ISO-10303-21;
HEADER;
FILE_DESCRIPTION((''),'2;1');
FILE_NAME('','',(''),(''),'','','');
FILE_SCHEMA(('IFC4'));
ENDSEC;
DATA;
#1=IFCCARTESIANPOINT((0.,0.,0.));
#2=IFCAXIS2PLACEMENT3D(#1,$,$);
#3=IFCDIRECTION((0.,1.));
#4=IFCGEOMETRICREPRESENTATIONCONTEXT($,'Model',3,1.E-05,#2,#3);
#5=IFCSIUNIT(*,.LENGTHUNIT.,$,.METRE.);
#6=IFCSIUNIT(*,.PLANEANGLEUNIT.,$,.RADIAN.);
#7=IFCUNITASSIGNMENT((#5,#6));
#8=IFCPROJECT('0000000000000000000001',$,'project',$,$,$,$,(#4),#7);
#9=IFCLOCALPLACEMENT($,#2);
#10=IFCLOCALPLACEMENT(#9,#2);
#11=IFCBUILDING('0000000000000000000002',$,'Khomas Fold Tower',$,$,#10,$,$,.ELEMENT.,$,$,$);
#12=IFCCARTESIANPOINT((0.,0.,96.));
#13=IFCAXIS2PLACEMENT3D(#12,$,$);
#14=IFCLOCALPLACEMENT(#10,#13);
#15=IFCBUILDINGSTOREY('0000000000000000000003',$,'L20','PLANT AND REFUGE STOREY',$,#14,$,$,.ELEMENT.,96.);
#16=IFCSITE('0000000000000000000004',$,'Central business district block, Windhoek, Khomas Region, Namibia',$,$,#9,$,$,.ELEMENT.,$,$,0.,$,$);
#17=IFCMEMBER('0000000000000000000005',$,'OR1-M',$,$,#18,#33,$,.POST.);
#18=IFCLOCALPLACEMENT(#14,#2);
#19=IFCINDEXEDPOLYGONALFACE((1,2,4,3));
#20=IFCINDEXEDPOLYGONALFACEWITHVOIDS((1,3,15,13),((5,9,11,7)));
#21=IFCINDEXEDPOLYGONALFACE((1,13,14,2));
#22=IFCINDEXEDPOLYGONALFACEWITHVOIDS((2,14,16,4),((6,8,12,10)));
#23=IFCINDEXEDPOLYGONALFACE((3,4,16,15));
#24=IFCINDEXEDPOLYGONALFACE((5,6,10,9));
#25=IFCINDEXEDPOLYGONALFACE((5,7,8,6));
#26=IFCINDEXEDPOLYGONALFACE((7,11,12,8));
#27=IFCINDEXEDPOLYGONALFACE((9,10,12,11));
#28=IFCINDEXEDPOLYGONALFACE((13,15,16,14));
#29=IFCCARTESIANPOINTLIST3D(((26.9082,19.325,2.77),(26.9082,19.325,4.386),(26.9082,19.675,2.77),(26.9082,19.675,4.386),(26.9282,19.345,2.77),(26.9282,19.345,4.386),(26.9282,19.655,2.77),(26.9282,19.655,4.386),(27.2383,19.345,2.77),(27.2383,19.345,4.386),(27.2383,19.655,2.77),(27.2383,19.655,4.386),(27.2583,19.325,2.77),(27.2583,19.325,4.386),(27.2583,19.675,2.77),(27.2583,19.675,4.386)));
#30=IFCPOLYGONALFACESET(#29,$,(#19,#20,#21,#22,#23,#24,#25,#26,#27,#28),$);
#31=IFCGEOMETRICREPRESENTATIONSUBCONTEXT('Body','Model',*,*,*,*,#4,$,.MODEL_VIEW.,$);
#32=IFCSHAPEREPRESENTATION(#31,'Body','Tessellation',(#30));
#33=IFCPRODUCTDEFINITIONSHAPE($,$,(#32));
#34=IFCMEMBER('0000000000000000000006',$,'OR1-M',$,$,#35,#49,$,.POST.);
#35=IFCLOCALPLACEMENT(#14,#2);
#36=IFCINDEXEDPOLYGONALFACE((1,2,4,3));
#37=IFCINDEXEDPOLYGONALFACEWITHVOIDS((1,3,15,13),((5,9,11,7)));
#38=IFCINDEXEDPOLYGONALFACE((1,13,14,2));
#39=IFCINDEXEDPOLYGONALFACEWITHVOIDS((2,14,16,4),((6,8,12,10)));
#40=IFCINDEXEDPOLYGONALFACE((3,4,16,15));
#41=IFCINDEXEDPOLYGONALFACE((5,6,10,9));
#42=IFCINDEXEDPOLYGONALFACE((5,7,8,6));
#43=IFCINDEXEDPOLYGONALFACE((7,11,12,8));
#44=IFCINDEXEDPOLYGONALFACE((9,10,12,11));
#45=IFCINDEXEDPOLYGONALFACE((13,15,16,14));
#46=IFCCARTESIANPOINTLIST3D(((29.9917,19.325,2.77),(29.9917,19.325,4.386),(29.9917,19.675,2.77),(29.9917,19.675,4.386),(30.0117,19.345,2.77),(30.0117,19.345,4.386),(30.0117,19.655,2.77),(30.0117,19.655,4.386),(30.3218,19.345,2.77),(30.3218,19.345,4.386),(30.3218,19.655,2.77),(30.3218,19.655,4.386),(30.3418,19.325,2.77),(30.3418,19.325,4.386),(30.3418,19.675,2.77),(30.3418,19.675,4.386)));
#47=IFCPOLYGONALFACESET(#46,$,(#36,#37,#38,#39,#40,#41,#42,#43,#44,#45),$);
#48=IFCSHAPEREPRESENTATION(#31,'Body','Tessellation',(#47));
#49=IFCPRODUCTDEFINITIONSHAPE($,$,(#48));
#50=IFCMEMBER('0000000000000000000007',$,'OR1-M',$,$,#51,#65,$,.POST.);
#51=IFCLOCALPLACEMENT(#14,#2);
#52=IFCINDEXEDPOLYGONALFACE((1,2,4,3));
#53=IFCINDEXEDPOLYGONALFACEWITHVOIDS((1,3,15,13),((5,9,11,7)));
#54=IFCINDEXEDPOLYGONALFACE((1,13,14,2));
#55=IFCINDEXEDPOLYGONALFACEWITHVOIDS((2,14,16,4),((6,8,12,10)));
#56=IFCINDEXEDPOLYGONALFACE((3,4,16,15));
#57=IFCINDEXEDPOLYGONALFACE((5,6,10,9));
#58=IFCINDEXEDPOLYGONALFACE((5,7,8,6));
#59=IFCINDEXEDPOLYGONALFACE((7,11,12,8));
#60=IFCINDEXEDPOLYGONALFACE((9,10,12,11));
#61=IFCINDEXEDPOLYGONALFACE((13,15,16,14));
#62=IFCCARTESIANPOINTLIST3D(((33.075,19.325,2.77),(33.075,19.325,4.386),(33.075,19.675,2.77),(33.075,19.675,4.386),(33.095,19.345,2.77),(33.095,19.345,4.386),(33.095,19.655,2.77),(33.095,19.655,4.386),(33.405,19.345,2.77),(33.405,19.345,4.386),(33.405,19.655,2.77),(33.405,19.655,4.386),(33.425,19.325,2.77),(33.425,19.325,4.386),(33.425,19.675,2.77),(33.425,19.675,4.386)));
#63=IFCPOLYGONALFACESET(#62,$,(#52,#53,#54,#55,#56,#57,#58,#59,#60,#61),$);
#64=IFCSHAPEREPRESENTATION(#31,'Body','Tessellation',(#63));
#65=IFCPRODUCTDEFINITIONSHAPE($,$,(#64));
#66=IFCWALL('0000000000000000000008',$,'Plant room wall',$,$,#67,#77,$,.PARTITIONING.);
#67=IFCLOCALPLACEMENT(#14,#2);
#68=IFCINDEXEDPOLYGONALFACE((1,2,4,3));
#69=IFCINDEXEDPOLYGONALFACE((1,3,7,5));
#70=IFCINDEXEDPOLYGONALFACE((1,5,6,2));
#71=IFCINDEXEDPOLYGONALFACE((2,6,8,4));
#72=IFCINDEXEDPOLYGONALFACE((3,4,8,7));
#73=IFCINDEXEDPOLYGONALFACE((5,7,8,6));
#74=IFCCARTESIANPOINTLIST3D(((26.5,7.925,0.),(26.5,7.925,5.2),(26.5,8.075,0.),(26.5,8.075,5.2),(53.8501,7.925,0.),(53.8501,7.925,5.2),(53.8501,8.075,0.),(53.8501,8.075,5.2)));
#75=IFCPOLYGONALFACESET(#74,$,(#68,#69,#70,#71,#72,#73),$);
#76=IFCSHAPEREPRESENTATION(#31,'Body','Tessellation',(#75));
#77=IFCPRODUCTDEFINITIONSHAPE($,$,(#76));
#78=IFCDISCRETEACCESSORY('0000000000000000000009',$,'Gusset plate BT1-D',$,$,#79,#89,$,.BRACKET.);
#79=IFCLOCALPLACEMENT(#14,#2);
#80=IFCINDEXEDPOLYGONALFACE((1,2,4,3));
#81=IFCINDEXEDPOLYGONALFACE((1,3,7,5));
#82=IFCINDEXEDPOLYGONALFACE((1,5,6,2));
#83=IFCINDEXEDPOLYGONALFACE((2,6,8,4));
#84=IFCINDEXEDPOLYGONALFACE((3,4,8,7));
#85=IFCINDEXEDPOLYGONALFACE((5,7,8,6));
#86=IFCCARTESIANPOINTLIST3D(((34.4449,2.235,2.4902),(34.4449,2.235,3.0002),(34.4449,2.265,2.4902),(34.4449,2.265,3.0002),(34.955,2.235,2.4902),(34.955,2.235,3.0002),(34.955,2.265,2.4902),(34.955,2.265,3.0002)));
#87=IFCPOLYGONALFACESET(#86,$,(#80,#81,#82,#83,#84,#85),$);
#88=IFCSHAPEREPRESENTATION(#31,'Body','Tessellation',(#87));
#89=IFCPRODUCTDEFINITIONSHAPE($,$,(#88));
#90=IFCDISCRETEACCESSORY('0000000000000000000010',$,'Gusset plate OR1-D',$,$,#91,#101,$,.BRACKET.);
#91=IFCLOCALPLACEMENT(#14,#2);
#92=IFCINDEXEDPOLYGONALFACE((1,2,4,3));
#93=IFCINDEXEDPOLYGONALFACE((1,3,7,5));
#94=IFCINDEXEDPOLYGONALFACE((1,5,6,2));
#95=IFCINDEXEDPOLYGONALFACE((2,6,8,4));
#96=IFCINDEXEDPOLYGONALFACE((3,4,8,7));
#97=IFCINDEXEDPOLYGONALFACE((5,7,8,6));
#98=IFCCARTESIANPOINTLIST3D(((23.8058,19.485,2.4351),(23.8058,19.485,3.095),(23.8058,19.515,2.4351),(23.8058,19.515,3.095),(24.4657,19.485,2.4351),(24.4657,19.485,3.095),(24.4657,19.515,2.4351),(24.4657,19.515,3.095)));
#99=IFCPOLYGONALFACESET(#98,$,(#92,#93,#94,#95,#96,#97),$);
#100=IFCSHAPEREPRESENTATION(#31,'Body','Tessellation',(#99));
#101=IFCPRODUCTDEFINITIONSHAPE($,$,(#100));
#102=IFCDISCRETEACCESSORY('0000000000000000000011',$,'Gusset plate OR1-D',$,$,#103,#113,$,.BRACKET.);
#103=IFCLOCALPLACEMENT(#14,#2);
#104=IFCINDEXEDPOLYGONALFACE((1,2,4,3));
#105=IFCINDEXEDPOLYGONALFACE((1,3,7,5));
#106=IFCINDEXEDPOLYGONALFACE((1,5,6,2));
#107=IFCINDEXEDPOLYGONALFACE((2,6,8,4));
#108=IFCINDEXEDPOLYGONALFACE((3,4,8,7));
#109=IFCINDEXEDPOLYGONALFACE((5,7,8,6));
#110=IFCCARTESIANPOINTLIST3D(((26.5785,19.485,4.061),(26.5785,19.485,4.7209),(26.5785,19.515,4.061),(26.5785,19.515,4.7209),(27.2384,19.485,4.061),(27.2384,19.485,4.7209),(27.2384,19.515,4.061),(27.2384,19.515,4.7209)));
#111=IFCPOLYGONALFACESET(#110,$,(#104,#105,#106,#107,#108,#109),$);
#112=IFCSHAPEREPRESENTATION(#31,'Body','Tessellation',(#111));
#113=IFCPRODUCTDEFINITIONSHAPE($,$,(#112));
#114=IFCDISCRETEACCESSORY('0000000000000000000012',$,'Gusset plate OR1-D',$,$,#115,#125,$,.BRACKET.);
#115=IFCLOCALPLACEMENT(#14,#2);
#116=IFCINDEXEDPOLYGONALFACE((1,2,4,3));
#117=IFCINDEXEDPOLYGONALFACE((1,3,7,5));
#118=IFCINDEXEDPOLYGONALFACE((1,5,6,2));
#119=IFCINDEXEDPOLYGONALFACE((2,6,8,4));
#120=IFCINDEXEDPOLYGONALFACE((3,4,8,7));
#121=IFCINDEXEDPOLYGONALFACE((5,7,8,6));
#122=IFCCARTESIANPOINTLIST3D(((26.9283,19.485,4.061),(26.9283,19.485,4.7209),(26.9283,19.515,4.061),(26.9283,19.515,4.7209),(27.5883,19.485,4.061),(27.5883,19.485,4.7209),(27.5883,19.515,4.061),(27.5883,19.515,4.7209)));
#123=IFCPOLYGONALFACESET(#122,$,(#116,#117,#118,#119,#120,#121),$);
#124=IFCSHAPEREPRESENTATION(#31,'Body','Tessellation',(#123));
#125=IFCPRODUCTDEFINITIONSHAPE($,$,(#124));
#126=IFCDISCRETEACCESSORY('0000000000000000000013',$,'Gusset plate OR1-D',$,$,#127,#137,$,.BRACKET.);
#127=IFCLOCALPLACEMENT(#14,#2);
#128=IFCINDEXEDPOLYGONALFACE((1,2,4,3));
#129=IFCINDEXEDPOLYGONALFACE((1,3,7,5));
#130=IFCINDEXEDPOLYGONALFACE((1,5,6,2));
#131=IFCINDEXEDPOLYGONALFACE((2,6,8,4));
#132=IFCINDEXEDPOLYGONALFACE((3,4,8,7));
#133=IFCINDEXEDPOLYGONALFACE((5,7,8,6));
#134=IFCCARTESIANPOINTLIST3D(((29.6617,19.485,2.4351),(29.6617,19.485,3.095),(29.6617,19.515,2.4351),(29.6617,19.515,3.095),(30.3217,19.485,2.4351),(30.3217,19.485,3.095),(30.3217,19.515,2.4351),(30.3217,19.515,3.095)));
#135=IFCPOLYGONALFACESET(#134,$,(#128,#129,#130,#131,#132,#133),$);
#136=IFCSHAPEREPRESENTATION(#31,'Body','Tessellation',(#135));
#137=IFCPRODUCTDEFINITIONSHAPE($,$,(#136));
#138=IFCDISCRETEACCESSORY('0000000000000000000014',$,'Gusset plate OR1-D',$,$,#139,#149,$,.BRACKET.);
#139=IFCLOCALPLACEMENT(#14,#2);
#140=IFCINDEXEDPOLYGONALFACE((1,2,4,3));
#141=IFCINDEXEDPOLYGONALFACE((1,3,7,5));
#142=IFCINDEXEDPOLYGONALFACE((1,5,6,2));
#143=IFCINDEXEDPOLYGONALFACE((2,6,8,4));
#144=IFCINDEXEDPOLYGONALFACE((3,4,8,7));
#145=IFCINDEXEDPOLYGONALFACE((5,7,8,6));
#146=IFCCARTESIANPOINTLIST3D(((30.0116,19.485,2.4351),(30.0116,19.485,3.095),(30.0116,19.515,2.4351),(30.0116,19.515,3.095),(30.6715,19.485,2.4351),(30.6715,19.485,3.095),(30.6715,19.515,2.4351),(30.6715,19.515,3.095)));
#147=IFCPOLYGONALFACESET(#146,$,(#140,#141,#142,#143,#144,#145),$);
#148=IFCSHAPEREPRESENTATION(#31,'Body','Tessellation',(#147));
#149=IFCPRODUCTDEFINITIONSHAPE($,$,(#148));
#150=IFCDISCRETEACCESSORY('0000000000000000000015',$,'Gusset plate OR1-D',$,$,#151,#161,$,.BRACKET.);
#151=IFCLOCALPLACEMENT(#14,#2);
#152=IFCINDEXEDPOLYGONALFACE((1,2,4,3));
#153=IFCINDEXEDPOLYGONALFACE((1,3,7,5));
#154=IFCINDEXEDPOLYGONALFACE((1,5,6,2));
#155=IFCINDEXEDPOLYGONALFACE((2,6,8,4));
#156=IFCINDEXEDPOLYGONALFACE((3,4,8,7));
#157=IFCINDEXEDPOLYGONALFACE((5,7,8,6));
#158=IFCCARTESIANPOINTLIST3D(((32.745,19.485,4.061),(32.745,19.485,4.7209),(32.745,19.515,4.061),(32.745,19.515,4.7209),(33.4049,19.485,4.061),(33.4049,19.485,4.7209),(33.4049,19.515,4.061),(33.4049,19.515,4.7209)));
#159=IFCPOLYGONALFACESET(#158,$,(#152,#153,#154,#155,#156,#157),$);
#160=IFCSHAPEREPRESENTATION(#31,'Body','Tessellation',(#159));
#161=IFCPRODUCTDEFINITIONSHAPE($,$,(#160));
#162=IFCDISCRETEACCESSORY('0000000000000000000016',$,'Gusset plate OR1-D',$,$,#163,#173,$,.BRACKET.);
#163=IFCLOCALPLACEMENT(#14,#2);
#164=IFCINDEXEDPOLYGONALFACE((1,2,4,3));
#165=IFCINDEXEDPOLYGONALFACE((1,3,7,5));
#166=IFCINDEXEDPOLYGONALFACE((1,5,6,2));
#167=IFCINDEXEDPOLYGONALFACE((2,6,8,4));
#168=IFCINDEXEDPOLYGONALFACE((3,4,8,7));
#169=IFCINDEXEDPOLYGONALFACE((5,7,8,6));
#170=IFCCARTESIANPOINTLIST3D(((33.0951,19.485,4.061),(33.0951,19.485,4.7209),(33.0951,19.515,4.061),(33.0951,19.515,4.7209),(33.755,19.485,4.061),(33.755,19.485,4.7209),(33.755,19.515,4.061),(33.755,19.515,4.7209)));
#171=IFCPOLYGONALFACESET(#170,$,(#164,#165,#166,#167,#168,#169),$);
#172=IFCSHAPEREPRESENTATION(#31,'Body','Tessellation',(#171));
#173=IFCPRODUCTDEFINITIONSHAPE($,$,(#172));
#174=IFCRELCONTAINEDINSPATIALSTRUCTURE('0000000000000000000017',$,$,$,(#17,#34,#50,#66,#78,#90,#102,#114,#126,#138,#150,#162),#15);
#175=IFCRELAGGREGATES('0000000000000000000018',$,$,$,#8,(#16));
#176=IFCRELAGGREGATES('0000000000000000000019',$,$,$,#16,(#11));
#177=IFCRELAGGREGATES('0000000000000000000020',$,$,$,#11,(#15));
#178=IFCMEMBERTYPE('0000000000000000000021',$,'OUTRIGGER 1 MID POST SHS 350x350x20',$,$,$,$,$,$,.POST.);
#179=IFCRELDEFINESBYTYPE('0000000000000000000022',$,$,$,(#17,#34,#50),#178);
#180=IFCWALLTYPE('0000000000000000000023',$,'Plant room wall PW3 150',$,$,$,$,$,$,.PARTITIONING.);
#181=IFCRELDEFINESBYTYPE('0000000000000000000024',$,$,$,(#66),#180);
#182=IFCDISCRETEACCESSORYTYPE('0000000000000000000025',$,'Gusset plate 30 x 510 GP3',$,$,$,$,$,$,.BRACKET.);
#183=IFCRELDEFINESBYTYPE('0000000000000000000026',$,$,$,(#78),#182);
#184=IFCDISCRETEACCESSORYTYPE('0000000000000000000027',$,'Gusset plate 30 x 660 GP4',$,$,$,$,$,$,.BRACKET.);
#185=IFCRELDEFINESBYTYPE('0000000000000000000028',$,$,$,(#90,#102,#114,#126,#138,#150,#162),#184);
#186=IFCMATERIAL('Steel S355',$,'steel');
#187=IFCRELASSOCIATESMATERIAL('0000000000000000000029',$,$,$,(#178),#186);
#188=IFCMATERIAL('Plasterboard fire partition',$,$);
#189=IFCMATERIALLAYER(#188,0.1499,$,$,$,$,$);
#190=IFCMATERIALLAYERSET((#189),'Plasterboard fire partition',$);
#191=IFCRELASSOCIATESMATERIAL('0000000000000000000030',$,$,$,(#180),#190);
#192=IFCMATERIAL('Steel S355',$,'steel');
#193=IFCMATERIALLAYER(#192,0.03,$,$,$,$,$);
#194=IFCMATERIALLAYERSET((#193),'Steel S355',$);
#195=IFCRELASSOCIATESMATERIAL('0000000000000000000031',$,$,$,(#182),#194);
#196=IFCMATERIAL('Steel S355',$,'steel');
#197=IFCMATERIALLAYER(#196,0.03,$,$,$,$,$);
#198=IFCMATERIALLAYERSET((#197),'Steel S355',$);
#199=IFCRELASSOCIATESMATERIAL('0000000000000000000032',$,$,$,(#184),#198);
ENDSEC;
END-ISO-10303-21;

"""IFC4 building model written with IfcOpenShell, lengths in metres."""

from ifc_helpers import new_model, si_unit, direction, frame, frame_2d, origin, origin_2d, place, context, subcontext, project, spatial, rectangle, hollow_rectangle, extrude, source, transform, mapped, material, layer, layer_set, material_profile, profile_set, type_object, element, save


model = new_model("IFC4")

# Units and contexts
model_context = context("Model", 3, precision=1e-05, world=origin(), true_north=direction((0.0, 1.0)))
body_context = subcontext(model_context, "Body", "Model", "MODEL_VIEW")
ifc_project = project(units=[si_unit("LENGTHUNIT", "METRE"), si_unit("PLANEANGLEUNIT", "RADIAN")], contexts=[model_context])

# Site, building, storey
site_placement = place(None, origin())
site = spatial("IfcSite", under=ifc_project, at=site_placement, Name="Central business district block, Windhoek, Khomas Region, Namibia", CompositionType="ELEMENT", RefElevation=0.0)
building_placement = place(site_placement, origin())
building = spatial("IfcBuilding", under=site, at=building_placement, Name="Khomas Fold Tower", CompositionType="ELEMENT")
storey_placement = place(building_placement, frame((0.0, 0.0, 96.0)))
storey = spatial("IfcBuildingStorey", under=building, at=storey_placement, Name="L20", Description="PLANT AND REFUGE STOREY", CompositionType="ELEMENT", Elevation=96.0)

# Members
ifc_material_1 = material(Name="Steel S355", Category="steel")
ifc_material_profile_1 = material_profile(ifc_material_1, hollow_rectangle(XDim=0.3501, YDim=0.3501, WallThickness=0.02, at=origin_2d()), Name="SHS 350x350x20")
ifc_profile_set_1 = profile_set([ifc_material_profile_1], Name="Steel S355")
member_type_1 = type_object("IfcMemberType", Name="OUTRIGGER 1 MID POST SHS 350x350x20", PredefinedType="POST", material=ifc_profile_set_1)
shared_shape_1 = source(origin(), body_context, "Body", "SweptSolid", [
    extrude(hollow_rectangle(XDim=0.3501, YDim=0.3501, WallThickness=0.02, at=origin_2d()), origin(), (0.0, 0.0, 1.0), 1.616),
])
for number, where, z_axis, x_axis, name in (
    (1, (27.0833, 19.5, 2.77), (0.0, 0.0, 1.0), (1.0, 0.0, 0.0), "OR1-M"),
    (2, (30.1667, 19.5, 2.77), (0.0, 0.0, 1.0), (1.0, 0.0, 0.0), "OR1-M"),
    (3, (33.25, 19.5, 2.77), (0.0, 0.0, 1.0), (1.0, 0.0, 0.0), "OR1-M"),
):
    element("IfcMember", number, at=place(storey_placement, frame(where, z_axis=z_axis, x_axis=x_axis)), inside=storey, type_object=member_type_1, Name=name, PredefinedType="POST", context=body_context, shape_type="MappedRepresentation", body=[
        mapped(shared_shape_1, transform((0.0, 0.0, 0.0))),
    ])

# Wall
ifc_material_2 = material(Name="Plasterboard fire partition")
ifc_layer_1 = layer(ifc_material_2, 0.1499)
ifc_layer_set_1 = layer_set([ifc_layer_1], Name="Plasterboard fire partition")
wall_type = type_object("IfcWallType", Name="Plant room wall PW3 150", PredefinedType="PARTITIONING", material=ifc_layer_set_1)
shared_shape_2 = source(origin(), body_context, "Body", "SweptSolid", [
    extrude(rectangle(XDim=27.3501, YDim=0.1499, at=frame_2d((13.675, 0.0))), origin(), (0.0, 0.0, 1.0), 5.2),
])
wall_placement = place(storey_placement, frame((26.5, 8.0, 0.0), z_axis=(0.0, 0.0, 1.0), x_axis=(1.0, 0.0, 0.0)))
element("IfcWall", 4, at=wall_placement, inside=storey, type_object=wall_type, Name="Plant room wall", PredefinedType="PARTITIONING", context=body_context, shape_type="MappedRepresentation", body=[
    mapped(shared_shape_2, transform((0.0, 0.0, 0.0))),
])

# Discrete accessories
ifc_material_3 = material(Name="Steel S355", Category="steel")
ifc_layer_2 = layer(ifc_material_3, 0.03)
ifc_layer_set_2 = layer_set([ifc_layer_2], Name="Steel S355")
discrete_accessory_type_1 = type_object("IfcDiscreteAccessoryType", Name="Gusset plate 30 x 510 GP3", PredefinedType="BRACKET", material=ifc_layer_set_2)
shared_shape_3 = source(origin(), body_context, "Body", "SweptSolid", [
    extrude(rectangle(XDim=0.51, YDim=0.03, at=origin_2d()), origin(), (0.0, 0.0, 1.0), 0.51),
])
discrete_accessory_placement = place(storey_placement, frame((34.7, 2.25, 2.4902), z_axis=(0.0, 0.0, 1.0), x_axis=(1.0, 0.0, 0.0)))
element("IfcDiscreteAccessory", 5, at=discrete_accessory_placement, inside=storey, type_object=discrete_accessory_type_1, Name="Gusset plate BT1-D", PredefinedType="BRACKET", context=body_context, shape_type="MappedRepresentation", body=[
    mapped(shared_shape_3, transform((0.0, 0.0, 0.0))),
])
ifc_material_4 = material(Name="Steel S355", Category="steel")
ifc_layer_3 = layer(ifc_material_4, 0.03)
ifc_layer_set_3 = layer_set([ifc_layer_3], Name="Steel S355")
discrete_accessory_type_2 = type_object("IfcDiscreteAccessoryType", Name="Gusset plate 30 x 660 GP4", PredefinedType="BRACKET", material=ifc_layer_set_3)
shared_shape_4 = source(origin(), body_context, "Body", "SweptSolid", [
    extrude(rectangle(XDim=0.6599, YDim=0.03, at=origin_2d()), origin(), (0.0, 0.0, 1.0), 0.6599),
])
for number, where, z_axis, x_axis, name in (
    (6, (24.1357, 19.5, 2.4351), (0.0, 0.0, 1.0), (1.0, 0.0, 0.0), "Gusset plate OR1-D"),
    (7, (26.9084, 19.5, 4.061), (0.0, 0.0, 1.0), (1.0, 0.0, 0.0), "Gusset plate OR1-D"),
    (8, (27.2583, 19.5, 4.061), (0.0, 0.0, 1.0), (1.0, 0.0, 0.0), "Gusset plate OR1-D"),
    (9, (29.9917, 19.5, 2.4351), (0.0, 0.0, 1.0), (1.0, 0.0, 0.0), "Gusset plate OR1-D"),
    (10, (30.3416, 19.5, 2.4351), (0.0, 0.0, 1.0), (1.0, 0.0, 0.0), "Gusset plate OR1-D"),
    (11, (33.075, 19.5, 4.061), (0.0, 0.0, 1.0), (1.0, 0.0, 0.0), "Gusset plate OR1-D"),
    (12, (33.425, 19.5, 4.061), (0.0, 0.0, 1.0), (1.0, 0.0, 0.0), "Gusset plate OR1-D"),
):
    element("IfcDiscreteAccessory", number, at=place(storey_placement, frame(where, z_axis=z_axis, x_axis=x_axis)), inside=storey, type_object=discrete_accessory_type_2, Name=name, PredefinedType="BRACKET", context=body_context, shape_type="MappedRepresentation", body=[
        mapped(shared_shape_4, transform((0.0, 0.0, 0.0))),
    ])

save(model, "model.ifc")
